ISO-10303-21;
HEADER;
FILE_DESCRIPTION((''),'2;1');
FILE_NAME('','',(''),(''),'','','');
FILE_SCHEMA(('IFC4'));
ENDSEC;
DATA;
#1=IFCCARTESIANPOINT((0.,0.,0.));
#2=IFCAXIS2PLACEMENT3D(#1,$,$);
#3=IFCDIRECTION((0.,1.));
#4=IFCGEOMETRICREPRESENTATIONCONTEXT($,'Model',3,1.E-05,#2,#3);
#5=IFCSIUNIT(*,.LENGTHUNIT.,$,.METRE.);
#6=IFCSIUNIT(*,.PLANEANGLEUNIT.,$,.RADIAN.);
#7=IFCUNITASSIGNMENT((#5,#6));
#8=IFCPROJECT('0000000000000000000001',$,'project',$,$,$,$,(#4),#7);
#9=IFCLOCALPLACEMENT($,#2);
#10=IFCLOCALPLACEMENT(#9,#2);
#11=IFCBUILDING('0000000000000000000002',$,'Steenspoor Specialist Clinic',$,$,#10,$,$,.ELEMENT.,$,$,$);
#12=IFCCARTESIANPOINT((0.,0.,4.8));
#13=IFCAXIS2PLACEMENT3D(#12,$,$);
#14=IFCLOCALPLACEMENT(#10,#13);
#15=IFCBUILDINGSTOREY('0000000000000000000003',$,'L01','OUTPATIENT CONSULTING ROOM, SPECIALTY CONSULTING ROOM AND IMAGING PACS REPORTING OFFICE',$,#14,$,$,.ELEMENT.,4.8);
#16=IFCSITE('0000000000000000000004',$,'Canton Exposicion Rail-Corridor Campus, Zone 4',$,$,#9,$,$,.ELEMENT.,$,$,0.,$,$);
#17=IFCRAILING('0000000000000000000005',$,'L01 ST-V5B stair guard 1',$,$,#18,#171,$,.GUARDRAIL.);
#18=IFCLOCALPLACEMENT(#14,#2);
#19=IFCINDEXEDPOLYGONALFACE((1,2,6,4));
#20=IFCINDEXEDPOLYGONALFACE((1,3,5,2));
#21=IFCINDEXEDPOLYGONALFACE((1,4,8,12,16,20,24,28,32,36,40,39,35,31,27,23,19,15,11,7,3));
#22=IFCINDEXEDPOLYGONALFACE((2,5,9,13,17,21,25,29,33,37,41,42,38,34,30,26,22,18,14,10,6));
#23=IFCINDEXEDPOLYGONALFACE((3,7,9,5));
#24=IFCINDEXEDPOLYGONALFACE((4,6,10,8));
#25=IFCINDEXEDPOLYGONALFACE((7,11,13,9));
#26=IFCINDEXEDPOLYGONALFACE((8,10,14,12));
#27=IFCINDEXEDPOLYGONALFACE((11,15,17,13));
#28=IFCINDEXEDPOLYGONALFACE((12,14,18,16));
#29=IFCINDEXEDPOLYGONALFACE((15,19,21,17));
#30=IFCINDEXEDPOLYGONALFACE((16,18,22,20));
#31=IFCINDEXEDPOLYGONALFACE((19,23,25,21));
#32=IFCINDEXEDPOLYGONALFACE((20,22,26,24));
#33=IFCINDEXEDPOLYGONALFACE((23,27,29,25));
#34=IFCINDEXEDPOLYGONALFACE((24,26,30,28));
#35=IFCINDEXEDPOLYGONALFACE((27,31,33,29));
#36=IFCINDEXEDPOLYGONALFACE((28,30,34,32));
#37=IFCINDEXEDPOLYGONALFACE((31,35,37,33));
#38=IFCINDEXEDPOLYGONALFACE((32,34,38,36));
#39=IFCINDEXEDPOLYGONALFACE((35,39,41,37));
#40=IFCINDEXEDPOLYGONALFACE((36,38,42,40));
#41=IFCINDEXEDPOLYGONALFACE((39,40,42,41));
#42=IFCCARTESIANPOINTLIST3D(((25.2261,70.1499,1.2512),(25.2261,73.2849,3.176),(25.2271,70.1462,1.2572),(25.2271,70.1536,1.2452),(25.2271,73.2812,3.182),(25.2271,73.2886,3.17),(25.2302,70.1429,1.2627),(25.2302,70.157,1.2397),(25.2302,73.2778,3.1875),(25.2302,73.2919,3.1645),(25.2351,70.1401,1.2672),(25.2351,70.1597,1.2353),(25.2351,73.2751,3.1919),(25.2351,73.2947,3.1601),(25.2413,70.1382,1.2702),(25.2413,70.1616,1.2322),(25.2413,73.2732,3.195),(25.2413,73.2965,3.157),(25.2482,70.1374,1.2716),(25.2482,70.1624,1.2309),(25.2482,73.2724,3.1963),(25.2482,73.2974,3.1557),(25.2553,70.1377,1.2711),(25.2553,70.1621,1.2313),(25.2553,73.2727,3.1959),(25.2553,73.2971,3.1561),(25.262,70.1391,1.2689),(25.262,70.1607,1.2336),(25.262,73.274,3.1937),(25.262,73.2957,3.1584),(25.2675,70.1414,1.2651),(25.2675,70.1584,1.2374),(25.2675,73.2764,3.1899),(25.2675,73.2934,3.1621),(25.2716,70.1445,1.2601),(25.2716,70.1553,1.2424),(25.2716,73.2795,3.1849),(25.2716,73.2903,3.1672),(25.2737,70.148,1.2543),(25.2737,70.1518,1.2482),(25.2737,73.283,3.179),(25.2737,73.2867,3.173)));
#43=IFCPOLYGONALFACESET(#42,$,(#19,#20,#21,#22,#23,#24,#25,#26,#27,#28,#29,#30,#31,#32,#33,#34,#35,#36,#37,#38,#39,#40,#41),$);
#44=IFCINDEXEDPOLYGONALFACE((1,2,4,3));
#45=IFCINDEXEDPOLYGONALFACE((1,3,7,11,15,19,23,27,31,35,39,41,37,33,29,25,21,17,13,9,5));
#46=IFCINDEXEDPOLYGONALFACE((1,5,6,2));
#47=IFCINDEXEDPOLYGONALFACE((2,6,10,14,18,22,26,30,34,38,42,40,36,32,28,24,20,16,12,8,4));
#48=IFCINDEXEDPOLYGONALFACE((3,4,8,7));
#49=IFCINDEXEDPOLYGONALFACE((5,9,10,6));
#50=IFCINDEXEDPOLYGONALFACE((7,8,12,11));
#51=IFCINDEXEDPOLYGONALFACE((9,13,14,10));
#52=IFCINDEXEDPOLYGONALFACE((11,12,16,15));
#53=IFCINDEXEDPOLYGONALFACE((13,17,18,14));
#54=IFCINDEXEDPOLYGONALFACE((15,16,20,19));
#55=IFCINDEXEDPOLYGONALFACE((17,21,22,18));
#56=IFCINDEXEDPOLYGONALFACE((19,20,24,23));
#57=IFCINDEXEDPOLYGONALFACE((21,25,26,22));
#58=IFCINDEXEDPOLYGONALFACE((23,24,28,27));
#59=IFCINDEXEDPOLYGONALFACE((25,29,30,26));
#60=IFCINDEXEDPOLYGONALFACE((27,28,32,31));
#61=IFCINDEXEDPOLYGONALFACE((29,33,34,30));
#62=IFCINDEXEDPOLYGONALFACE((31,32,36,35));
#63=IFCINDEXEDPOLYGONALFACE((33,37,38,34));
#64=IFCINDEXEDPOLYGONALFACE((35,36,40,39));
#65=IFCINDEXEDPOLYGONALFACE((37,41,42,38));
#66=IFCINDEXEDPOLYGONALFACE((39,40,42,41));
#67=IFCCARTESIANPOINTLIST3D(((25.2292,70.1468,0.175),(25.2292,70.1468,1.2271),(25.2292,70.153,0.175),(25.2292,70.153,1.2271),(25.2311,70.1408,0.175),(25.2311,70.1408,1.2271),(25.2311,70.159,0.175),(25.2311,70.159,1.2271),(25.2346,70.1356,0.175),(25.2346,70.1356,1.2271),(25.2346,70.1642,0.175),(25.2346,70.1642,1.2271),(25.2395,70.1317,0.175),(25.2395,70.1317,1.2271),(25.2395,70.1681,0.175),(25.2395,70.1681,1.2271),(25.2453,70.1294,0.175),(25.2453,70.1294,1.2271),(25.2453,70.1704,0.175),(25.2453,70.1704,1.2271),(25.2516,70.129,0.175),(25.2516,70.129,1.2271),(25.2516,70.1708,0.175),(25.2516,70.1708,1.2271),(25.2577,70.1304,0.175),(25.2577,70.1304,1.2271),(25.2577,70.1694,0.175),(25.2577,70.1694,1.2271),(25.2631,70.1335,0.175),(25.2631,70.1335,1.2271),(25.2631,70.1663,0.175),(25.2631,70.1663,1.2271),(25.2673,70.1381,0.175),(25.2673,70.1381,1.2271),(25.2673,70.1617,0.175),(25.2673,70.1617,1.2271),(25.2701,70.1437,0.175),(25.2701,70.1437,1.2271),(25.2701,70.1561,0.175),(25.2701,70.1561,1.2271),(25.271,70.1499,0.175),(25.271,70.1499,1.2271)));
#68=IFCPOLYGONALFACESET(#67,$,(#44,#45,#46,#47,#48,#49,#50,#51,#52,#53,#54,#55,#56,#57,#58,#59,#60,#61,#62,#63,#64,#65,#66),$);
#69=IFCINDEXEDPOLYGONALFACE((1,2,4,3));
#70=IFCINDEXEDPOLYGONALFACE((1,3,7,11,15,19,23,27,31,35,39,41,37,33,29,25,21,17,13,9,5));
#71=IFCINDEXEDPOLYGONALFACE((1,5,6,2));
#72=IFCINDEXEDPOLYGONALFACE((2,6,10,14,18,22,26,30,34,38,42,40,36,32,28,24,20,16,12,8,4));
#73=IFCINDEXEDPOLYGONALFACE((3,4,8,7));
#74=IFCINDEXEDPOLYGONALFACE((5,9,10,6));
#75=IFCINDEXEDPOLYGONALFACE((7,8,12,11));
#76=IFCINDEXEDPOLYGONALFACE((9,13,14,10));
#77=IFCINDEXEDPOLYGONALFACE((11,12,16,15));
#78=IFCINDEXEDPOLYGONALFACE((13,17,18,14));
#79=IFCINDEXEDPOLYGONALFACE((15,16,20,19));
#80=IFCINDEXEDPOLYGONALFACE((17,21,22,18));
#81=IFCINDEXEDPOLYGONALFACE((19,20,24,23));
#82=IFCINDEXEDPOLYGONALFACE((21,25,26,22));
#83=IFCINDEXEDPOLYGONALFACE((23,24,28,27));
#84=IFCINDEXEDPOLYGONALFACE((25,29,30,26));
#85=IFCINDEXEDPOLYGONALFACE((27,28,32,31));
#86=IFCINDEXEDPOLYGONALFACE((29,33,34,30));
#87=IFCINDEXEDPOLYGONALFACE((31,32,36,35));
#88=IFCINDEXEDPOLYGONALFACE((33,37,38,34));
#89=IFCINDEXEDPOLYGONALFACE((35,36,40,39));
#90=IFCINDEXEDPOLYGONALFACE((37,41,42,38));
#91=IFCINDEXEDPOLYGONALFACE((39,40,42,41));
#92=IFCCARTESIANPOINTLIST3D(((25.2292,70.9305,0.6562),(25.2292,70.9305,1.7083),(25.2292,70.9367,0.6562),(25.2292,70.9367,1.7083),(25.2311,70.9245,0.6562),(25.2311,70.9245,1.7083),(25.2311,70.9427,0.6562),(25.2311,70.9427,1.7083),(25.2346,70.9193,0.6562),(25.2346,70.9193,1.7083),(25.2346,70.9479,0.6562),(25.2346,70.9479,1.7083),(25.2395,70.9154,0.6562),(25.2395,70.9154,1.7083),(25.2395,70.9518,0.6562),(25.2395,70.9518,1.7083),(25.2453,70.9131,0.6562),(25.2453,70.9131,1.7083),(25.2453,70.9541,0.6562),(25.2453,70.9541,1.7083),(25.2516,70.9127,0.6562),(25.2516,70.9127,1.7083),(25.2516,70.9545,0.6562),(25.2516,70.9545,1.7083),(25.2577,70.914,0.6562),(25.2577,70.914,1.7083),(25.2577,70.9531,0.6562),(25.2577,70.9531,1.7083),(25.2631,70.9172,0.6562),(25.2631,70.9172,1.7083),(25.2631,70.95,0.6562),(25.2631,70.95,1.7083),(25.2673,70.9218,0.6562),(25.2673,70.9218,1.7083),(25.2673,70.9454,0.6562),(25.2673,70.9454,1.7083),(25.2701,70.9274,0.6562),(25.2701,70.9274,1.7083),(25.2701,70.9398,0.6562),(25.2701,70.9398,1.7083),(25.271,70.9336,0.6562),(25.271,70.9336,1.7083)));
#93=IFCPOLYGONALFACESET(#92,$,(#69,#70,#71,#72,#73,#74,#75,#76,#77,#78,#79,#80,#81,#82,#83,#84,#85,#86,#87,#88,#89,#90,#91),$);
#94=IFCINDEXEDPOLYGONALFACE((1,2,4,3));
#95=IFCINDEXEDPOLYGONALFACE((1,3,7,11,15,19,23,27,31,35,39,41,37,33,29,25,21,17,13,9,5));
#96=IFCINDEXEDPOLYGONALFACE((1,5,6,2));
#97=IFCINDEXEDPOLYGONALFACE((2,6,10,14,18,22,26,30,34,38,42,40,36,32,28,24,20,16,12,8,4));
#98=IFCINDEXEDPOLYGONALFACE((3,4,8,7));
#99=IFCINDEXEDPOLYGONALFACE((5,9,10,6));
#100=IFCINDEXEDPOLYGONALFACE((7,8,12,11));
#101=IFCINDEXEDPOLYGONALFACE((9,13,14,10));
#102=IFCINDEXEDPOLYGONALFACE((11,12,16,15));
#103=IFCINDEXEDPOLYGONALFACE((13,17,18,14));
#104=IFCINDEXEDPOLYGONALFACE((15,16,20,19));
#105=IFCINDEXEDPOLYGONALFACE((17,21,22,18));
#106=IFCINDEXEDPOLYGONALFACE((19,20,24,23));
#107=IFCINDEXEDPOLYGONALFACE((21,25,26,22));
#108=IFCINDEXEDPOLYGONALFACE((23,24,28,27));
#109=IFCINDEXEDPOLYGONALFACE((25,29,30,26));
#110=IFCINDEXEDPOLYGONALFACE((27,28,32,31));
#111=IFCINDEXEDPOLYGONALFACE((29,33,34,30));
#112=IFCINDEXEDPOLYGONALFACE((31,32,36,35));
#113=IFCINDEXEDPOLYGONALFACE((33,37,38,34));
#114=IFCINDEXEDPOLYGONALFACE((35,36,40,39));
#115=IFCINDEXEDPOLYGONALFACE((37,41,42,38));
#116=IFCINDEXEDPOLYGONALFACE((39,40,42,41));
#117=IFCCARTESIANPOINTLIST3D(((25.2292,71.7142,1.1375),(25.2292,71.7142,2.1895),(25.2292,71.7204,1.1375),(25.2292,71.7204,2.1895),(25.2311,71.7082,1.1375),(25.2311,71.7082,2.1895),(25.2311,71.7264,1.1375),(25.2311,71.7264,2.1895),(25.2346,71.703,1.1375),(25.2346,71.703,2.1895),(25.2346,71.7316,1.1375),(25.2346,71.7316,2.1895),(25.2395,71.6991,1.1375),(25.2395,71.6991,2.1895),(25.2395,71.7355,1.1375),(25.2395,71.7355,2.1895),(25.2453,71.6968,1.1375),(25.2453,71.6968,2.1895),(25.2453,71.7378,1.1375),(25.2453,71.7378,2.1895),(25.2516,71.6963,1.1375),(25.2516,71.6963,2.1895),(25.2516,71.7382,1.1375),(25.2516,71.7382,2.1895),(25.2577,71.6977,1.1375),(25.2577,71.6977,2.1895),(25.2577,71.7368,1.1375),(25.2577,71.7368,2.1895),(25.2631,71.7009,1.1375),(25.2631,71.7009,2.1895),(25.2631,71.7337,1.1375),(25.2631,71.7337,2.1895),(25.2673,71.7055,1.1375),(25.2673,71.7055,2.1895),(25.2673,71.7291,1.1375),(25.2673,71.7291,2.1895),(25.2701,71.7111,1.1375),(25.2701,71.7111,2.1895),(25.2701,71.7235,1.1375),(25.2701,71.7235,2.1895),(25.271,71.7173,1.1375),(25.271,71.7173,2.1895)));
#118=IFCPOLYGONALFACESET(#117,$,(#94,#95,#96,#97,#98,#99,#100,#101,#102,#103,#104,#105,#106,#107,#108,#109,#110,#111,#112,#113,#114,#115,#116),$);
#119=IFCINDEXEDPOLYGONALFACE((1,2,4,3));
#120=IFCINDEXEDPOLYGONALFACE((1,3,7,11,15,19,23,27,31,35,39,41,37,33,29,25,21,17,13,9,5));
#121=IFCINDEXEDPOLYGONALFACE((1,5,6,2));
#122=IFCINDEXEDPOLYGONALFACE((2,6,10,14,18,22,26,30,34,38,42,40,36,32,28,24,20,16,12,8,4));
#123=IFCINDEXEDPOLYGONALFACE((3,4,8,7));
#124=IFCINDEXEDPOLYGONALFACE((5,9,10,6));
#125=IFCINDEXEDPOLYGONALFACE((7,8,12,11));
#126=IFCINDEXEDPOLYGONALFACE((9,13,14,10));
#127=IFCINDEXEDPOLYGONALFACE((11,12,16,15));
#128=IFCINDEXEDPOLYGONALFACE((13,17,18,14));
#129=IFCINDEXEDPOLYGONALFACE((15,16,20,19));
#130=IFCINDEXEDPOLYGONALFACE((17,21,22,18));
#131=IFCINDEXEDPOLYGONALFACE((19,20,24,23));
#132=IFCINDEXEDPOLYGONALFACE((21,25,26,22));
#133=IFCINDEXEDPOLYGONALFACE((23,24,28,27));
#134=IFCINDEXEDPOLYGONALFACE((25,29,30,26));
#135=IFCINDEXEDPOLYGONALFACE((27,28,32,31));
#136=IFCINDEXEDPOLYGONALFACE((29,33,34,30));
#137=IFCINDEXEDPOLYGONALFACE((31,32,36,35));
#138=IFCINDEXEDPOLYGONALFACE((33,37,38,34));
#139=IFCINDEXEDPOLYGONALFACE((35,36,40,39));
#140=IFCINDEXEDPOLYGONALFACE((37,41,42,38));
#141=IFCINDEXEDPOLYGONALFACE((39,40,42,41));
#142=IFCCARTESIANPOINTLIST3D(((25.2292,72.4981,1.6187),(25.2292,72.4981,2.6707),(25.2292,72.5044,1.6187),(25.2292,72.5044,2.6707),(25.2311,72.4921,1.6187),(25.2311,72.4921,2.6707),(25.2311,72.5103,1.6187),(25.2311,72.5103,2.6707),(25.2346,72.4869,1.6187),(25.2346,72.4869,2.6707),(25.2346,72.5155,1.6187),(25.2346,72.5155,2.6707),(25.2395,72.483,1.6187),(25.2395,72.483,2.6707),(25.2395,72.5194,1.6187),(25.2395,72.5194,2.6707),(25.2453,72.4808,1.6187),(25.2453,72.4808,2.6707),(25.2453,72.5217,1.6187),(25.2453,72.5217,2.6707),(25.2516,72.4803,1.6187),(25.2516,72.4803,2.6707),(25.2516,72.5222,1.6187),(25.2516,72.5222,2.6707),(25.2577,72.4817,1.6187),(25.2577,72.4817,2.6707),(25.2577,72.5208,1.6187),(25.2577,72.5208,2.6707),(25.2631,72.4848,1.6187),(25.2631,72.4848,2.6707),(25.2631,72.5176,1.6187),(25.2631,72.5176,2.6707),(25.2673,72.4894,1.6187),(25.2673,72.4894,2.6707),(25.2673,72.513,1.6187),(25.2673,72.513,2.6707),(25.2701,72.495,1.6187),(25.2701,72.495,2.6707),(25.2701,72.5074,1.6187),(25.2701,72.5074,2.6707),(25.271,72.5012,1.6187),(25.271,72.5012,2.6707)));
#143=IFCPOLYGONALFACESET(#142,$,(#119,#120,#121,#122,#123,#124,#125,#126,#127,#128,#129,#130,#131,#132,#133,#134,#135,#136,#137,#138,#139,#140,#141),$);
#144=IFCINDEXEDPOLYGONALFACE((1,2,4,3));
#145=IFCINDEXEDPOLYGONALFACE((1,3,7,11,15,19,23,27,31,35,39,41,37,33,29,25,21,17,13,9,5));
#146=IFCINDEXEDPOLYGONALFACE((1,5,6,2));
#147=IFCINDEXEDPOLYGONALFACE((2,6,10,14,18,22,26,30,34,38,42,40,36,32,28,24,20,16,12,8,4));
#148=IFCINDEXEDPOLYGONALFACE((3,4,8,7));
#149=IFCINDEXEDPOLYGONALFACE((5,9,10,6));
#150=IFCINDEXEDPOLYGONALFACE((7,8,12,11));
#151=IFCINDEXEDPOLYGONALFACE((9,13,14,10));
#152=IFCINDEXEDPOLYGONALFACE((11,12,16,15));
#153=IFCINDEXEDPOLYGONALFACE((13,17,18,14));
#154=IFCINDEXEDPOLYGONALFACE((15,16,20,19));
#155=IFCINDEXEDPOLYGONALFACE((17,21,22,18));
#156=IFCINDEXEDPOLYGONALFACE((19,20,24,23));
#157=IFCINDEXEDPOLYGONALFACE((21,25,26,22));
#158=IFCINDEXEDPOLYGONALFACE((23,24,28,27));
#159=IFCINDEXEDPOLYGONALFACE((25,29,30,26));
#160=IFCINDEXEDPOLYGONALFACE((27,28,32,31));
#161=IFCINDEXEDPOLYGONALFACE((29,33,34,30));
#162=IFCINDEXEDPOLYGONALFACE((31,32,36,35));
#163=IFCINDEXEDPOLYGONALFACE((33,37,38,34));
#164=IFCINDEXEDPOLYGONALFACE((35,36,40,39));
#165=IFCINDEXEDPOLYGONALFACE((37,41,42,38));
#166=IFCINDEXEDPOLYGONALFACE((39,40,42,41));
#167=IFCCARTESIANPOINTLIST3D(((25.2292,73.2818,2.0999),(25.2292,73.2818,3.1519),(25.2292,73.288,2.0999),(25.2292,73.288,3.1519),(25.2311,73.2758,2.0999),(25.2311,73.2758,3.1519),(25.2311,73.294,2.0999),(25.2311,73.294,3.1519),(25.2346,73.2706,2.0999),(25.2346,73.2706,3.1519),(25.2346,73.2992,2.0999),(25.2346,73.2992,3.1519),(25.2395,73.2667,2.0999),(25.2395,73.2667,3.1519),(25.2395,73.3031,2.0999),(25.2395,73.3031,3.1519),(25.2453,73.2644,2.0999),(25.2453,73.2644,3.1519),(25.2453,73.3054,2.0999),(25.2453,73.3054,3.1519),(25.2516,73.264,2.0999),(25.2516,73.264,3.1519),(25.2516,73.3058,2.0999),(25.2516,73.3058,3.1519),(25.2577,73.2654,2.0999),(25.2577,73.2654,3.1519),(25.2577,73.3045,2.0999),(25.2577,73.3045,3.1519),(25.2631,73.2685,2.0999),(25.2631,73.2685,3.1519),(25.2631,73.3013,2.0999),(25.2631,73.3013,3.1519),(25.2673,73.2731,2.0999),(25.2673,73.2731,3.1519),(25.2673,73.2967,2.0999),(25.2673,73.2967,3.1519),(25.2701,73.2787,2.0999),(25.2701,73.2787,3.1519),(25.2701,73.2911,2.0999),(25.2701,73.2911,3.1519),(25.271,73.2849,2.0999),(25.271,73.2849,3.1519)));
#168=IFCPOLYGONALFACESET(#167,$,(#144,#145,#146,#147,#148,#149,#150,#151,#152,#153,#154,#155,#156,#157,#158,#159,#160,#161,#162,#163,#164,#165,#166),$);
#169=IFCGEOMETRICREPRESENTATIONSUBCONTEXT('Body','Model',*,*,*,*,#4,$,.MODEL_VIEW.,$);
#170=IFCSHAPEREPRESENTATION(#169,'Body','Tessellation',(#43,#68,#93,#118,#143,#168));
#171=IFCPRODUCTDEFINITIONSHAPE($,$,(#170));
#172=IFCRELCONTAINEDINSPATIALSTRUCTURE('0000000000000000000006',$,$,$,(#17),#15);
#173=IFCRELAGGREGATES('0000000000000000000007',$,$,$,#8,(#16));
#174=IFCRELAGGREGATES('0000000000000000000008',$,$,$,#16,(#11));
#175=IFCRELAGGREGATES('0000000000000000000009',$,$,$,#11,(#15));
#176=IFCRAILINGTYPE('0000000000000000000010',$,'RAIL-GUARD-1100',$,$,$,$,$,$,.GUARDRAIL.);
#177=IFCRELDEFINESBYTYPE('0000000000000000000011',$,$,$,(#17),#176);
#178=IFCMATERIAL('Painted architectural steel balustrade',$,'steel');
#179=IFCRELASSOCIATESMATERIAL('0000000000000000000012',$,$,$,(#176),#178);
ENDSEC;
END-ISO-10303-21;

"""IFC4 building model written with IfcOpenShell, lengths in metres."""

from ifc_helpers import new_model, si_unit, direction, frame, origin, origin_2d, place, context, subcontext, project, spatial, circle, extrude, material, type_object, element, save


model = new_model("IFC4")

# Units and contexts
model_context = context("Model", 3, precision=1e-05, world=origin(), true_north=direction((0.0, 1.0)))
body_context = subcontext(model_context, "Body", "Model", "MODEL_VIEW")
ifc_project = project(units=[si_unit("LENGTHUNIT", "METRE"), si_unit("PLANEANGLEUNIT", "RADIAN")], contexts=[model_context])

# Site, building, storey
site_placement = place(None, origin())
site = spatial("IfcSite", under=ifc_project, at=site_placement, Name="Canton Exposicion Rail-Corridor Campus, Zone 4", CompositionType="ELEMENT", RefElevation=0.0)
building_placement = place(site_placement, origin())
building = spatial("IfcBuilding", under=site, at=building_placement, Name="Steenspoor Specialist Clinic", CompositionType="ELEMENT")
storey_placement = place(building_placement, frame((0.0, 0.0, 4.8)))
storey = spatial("IfcBuildingStorey", under=building, at=storey_placement, Name="L01", Description="OUTPATIENT CONSULTING ROOM, SPECIALTY CONSULTING ROOM AND IMAGING PACS REPORTING OFFICE", CompositionType="ELEMENT", Elevation=4.8)

# Railing
ifc_material_1 = material(Name="Painted architectural steel balustrade", Category="steel")
railing_type_1 = type_object("IfcRailingType", Name="RAIL-GUARD-1100", PredefinedType="GUARDRAIL", material=ifc_material_1)
railing_1_placement = place(storey_placement, frame((25.25, 70.1499, 0.175)))
element("IfcRailing", 1, at=railing_1_placement, inside=storey, type_object=railing_type_1, Name="L01 ST-V5B stair guard 1", PredefinedType="GUARDRAIL", context=body_context, shape_type="SweptSolid", body=[
    extrude(circle(Radius=0.0239, at=origin_2d()), frame((0.0, 0.0, 1.0762), z_axis=(0.0, 0.852196, 0.523223), x_axis=(-1.0, 0.0, 0.0)), (0.0, 0.0, 1.0), 3.6787),
    extrude(circle(Radius=0.021, at=origin_2d()), origin(), (0.0, 0.0, 1.0), 1.052),
    extrude(circle(Radius=0.021, at=origin_2d()), frame((0.0, 0.7837, 0.4812)), (0.0, 0.0, 1.0), 1.052),
    extrude(circle(Radius=0.021, at=origin_2d()), frame((0.0, 1.5674, 0.9624)), (0.0, 0.0, 1.0), 1.052),
    extrude(circle(Radius=0.021, at=origin_2d()), frame((0.0, 2.3513, 1.4436)), (0.0, 0.0, 1.0), 1.052),
    extrude(circle(Radius=0.021, at=origin_2d()), frame((0.0, 3.135, 1.9248)), (0.0, 0.0, 1.0), 1.052),
])

save(model, "model.ifc")
